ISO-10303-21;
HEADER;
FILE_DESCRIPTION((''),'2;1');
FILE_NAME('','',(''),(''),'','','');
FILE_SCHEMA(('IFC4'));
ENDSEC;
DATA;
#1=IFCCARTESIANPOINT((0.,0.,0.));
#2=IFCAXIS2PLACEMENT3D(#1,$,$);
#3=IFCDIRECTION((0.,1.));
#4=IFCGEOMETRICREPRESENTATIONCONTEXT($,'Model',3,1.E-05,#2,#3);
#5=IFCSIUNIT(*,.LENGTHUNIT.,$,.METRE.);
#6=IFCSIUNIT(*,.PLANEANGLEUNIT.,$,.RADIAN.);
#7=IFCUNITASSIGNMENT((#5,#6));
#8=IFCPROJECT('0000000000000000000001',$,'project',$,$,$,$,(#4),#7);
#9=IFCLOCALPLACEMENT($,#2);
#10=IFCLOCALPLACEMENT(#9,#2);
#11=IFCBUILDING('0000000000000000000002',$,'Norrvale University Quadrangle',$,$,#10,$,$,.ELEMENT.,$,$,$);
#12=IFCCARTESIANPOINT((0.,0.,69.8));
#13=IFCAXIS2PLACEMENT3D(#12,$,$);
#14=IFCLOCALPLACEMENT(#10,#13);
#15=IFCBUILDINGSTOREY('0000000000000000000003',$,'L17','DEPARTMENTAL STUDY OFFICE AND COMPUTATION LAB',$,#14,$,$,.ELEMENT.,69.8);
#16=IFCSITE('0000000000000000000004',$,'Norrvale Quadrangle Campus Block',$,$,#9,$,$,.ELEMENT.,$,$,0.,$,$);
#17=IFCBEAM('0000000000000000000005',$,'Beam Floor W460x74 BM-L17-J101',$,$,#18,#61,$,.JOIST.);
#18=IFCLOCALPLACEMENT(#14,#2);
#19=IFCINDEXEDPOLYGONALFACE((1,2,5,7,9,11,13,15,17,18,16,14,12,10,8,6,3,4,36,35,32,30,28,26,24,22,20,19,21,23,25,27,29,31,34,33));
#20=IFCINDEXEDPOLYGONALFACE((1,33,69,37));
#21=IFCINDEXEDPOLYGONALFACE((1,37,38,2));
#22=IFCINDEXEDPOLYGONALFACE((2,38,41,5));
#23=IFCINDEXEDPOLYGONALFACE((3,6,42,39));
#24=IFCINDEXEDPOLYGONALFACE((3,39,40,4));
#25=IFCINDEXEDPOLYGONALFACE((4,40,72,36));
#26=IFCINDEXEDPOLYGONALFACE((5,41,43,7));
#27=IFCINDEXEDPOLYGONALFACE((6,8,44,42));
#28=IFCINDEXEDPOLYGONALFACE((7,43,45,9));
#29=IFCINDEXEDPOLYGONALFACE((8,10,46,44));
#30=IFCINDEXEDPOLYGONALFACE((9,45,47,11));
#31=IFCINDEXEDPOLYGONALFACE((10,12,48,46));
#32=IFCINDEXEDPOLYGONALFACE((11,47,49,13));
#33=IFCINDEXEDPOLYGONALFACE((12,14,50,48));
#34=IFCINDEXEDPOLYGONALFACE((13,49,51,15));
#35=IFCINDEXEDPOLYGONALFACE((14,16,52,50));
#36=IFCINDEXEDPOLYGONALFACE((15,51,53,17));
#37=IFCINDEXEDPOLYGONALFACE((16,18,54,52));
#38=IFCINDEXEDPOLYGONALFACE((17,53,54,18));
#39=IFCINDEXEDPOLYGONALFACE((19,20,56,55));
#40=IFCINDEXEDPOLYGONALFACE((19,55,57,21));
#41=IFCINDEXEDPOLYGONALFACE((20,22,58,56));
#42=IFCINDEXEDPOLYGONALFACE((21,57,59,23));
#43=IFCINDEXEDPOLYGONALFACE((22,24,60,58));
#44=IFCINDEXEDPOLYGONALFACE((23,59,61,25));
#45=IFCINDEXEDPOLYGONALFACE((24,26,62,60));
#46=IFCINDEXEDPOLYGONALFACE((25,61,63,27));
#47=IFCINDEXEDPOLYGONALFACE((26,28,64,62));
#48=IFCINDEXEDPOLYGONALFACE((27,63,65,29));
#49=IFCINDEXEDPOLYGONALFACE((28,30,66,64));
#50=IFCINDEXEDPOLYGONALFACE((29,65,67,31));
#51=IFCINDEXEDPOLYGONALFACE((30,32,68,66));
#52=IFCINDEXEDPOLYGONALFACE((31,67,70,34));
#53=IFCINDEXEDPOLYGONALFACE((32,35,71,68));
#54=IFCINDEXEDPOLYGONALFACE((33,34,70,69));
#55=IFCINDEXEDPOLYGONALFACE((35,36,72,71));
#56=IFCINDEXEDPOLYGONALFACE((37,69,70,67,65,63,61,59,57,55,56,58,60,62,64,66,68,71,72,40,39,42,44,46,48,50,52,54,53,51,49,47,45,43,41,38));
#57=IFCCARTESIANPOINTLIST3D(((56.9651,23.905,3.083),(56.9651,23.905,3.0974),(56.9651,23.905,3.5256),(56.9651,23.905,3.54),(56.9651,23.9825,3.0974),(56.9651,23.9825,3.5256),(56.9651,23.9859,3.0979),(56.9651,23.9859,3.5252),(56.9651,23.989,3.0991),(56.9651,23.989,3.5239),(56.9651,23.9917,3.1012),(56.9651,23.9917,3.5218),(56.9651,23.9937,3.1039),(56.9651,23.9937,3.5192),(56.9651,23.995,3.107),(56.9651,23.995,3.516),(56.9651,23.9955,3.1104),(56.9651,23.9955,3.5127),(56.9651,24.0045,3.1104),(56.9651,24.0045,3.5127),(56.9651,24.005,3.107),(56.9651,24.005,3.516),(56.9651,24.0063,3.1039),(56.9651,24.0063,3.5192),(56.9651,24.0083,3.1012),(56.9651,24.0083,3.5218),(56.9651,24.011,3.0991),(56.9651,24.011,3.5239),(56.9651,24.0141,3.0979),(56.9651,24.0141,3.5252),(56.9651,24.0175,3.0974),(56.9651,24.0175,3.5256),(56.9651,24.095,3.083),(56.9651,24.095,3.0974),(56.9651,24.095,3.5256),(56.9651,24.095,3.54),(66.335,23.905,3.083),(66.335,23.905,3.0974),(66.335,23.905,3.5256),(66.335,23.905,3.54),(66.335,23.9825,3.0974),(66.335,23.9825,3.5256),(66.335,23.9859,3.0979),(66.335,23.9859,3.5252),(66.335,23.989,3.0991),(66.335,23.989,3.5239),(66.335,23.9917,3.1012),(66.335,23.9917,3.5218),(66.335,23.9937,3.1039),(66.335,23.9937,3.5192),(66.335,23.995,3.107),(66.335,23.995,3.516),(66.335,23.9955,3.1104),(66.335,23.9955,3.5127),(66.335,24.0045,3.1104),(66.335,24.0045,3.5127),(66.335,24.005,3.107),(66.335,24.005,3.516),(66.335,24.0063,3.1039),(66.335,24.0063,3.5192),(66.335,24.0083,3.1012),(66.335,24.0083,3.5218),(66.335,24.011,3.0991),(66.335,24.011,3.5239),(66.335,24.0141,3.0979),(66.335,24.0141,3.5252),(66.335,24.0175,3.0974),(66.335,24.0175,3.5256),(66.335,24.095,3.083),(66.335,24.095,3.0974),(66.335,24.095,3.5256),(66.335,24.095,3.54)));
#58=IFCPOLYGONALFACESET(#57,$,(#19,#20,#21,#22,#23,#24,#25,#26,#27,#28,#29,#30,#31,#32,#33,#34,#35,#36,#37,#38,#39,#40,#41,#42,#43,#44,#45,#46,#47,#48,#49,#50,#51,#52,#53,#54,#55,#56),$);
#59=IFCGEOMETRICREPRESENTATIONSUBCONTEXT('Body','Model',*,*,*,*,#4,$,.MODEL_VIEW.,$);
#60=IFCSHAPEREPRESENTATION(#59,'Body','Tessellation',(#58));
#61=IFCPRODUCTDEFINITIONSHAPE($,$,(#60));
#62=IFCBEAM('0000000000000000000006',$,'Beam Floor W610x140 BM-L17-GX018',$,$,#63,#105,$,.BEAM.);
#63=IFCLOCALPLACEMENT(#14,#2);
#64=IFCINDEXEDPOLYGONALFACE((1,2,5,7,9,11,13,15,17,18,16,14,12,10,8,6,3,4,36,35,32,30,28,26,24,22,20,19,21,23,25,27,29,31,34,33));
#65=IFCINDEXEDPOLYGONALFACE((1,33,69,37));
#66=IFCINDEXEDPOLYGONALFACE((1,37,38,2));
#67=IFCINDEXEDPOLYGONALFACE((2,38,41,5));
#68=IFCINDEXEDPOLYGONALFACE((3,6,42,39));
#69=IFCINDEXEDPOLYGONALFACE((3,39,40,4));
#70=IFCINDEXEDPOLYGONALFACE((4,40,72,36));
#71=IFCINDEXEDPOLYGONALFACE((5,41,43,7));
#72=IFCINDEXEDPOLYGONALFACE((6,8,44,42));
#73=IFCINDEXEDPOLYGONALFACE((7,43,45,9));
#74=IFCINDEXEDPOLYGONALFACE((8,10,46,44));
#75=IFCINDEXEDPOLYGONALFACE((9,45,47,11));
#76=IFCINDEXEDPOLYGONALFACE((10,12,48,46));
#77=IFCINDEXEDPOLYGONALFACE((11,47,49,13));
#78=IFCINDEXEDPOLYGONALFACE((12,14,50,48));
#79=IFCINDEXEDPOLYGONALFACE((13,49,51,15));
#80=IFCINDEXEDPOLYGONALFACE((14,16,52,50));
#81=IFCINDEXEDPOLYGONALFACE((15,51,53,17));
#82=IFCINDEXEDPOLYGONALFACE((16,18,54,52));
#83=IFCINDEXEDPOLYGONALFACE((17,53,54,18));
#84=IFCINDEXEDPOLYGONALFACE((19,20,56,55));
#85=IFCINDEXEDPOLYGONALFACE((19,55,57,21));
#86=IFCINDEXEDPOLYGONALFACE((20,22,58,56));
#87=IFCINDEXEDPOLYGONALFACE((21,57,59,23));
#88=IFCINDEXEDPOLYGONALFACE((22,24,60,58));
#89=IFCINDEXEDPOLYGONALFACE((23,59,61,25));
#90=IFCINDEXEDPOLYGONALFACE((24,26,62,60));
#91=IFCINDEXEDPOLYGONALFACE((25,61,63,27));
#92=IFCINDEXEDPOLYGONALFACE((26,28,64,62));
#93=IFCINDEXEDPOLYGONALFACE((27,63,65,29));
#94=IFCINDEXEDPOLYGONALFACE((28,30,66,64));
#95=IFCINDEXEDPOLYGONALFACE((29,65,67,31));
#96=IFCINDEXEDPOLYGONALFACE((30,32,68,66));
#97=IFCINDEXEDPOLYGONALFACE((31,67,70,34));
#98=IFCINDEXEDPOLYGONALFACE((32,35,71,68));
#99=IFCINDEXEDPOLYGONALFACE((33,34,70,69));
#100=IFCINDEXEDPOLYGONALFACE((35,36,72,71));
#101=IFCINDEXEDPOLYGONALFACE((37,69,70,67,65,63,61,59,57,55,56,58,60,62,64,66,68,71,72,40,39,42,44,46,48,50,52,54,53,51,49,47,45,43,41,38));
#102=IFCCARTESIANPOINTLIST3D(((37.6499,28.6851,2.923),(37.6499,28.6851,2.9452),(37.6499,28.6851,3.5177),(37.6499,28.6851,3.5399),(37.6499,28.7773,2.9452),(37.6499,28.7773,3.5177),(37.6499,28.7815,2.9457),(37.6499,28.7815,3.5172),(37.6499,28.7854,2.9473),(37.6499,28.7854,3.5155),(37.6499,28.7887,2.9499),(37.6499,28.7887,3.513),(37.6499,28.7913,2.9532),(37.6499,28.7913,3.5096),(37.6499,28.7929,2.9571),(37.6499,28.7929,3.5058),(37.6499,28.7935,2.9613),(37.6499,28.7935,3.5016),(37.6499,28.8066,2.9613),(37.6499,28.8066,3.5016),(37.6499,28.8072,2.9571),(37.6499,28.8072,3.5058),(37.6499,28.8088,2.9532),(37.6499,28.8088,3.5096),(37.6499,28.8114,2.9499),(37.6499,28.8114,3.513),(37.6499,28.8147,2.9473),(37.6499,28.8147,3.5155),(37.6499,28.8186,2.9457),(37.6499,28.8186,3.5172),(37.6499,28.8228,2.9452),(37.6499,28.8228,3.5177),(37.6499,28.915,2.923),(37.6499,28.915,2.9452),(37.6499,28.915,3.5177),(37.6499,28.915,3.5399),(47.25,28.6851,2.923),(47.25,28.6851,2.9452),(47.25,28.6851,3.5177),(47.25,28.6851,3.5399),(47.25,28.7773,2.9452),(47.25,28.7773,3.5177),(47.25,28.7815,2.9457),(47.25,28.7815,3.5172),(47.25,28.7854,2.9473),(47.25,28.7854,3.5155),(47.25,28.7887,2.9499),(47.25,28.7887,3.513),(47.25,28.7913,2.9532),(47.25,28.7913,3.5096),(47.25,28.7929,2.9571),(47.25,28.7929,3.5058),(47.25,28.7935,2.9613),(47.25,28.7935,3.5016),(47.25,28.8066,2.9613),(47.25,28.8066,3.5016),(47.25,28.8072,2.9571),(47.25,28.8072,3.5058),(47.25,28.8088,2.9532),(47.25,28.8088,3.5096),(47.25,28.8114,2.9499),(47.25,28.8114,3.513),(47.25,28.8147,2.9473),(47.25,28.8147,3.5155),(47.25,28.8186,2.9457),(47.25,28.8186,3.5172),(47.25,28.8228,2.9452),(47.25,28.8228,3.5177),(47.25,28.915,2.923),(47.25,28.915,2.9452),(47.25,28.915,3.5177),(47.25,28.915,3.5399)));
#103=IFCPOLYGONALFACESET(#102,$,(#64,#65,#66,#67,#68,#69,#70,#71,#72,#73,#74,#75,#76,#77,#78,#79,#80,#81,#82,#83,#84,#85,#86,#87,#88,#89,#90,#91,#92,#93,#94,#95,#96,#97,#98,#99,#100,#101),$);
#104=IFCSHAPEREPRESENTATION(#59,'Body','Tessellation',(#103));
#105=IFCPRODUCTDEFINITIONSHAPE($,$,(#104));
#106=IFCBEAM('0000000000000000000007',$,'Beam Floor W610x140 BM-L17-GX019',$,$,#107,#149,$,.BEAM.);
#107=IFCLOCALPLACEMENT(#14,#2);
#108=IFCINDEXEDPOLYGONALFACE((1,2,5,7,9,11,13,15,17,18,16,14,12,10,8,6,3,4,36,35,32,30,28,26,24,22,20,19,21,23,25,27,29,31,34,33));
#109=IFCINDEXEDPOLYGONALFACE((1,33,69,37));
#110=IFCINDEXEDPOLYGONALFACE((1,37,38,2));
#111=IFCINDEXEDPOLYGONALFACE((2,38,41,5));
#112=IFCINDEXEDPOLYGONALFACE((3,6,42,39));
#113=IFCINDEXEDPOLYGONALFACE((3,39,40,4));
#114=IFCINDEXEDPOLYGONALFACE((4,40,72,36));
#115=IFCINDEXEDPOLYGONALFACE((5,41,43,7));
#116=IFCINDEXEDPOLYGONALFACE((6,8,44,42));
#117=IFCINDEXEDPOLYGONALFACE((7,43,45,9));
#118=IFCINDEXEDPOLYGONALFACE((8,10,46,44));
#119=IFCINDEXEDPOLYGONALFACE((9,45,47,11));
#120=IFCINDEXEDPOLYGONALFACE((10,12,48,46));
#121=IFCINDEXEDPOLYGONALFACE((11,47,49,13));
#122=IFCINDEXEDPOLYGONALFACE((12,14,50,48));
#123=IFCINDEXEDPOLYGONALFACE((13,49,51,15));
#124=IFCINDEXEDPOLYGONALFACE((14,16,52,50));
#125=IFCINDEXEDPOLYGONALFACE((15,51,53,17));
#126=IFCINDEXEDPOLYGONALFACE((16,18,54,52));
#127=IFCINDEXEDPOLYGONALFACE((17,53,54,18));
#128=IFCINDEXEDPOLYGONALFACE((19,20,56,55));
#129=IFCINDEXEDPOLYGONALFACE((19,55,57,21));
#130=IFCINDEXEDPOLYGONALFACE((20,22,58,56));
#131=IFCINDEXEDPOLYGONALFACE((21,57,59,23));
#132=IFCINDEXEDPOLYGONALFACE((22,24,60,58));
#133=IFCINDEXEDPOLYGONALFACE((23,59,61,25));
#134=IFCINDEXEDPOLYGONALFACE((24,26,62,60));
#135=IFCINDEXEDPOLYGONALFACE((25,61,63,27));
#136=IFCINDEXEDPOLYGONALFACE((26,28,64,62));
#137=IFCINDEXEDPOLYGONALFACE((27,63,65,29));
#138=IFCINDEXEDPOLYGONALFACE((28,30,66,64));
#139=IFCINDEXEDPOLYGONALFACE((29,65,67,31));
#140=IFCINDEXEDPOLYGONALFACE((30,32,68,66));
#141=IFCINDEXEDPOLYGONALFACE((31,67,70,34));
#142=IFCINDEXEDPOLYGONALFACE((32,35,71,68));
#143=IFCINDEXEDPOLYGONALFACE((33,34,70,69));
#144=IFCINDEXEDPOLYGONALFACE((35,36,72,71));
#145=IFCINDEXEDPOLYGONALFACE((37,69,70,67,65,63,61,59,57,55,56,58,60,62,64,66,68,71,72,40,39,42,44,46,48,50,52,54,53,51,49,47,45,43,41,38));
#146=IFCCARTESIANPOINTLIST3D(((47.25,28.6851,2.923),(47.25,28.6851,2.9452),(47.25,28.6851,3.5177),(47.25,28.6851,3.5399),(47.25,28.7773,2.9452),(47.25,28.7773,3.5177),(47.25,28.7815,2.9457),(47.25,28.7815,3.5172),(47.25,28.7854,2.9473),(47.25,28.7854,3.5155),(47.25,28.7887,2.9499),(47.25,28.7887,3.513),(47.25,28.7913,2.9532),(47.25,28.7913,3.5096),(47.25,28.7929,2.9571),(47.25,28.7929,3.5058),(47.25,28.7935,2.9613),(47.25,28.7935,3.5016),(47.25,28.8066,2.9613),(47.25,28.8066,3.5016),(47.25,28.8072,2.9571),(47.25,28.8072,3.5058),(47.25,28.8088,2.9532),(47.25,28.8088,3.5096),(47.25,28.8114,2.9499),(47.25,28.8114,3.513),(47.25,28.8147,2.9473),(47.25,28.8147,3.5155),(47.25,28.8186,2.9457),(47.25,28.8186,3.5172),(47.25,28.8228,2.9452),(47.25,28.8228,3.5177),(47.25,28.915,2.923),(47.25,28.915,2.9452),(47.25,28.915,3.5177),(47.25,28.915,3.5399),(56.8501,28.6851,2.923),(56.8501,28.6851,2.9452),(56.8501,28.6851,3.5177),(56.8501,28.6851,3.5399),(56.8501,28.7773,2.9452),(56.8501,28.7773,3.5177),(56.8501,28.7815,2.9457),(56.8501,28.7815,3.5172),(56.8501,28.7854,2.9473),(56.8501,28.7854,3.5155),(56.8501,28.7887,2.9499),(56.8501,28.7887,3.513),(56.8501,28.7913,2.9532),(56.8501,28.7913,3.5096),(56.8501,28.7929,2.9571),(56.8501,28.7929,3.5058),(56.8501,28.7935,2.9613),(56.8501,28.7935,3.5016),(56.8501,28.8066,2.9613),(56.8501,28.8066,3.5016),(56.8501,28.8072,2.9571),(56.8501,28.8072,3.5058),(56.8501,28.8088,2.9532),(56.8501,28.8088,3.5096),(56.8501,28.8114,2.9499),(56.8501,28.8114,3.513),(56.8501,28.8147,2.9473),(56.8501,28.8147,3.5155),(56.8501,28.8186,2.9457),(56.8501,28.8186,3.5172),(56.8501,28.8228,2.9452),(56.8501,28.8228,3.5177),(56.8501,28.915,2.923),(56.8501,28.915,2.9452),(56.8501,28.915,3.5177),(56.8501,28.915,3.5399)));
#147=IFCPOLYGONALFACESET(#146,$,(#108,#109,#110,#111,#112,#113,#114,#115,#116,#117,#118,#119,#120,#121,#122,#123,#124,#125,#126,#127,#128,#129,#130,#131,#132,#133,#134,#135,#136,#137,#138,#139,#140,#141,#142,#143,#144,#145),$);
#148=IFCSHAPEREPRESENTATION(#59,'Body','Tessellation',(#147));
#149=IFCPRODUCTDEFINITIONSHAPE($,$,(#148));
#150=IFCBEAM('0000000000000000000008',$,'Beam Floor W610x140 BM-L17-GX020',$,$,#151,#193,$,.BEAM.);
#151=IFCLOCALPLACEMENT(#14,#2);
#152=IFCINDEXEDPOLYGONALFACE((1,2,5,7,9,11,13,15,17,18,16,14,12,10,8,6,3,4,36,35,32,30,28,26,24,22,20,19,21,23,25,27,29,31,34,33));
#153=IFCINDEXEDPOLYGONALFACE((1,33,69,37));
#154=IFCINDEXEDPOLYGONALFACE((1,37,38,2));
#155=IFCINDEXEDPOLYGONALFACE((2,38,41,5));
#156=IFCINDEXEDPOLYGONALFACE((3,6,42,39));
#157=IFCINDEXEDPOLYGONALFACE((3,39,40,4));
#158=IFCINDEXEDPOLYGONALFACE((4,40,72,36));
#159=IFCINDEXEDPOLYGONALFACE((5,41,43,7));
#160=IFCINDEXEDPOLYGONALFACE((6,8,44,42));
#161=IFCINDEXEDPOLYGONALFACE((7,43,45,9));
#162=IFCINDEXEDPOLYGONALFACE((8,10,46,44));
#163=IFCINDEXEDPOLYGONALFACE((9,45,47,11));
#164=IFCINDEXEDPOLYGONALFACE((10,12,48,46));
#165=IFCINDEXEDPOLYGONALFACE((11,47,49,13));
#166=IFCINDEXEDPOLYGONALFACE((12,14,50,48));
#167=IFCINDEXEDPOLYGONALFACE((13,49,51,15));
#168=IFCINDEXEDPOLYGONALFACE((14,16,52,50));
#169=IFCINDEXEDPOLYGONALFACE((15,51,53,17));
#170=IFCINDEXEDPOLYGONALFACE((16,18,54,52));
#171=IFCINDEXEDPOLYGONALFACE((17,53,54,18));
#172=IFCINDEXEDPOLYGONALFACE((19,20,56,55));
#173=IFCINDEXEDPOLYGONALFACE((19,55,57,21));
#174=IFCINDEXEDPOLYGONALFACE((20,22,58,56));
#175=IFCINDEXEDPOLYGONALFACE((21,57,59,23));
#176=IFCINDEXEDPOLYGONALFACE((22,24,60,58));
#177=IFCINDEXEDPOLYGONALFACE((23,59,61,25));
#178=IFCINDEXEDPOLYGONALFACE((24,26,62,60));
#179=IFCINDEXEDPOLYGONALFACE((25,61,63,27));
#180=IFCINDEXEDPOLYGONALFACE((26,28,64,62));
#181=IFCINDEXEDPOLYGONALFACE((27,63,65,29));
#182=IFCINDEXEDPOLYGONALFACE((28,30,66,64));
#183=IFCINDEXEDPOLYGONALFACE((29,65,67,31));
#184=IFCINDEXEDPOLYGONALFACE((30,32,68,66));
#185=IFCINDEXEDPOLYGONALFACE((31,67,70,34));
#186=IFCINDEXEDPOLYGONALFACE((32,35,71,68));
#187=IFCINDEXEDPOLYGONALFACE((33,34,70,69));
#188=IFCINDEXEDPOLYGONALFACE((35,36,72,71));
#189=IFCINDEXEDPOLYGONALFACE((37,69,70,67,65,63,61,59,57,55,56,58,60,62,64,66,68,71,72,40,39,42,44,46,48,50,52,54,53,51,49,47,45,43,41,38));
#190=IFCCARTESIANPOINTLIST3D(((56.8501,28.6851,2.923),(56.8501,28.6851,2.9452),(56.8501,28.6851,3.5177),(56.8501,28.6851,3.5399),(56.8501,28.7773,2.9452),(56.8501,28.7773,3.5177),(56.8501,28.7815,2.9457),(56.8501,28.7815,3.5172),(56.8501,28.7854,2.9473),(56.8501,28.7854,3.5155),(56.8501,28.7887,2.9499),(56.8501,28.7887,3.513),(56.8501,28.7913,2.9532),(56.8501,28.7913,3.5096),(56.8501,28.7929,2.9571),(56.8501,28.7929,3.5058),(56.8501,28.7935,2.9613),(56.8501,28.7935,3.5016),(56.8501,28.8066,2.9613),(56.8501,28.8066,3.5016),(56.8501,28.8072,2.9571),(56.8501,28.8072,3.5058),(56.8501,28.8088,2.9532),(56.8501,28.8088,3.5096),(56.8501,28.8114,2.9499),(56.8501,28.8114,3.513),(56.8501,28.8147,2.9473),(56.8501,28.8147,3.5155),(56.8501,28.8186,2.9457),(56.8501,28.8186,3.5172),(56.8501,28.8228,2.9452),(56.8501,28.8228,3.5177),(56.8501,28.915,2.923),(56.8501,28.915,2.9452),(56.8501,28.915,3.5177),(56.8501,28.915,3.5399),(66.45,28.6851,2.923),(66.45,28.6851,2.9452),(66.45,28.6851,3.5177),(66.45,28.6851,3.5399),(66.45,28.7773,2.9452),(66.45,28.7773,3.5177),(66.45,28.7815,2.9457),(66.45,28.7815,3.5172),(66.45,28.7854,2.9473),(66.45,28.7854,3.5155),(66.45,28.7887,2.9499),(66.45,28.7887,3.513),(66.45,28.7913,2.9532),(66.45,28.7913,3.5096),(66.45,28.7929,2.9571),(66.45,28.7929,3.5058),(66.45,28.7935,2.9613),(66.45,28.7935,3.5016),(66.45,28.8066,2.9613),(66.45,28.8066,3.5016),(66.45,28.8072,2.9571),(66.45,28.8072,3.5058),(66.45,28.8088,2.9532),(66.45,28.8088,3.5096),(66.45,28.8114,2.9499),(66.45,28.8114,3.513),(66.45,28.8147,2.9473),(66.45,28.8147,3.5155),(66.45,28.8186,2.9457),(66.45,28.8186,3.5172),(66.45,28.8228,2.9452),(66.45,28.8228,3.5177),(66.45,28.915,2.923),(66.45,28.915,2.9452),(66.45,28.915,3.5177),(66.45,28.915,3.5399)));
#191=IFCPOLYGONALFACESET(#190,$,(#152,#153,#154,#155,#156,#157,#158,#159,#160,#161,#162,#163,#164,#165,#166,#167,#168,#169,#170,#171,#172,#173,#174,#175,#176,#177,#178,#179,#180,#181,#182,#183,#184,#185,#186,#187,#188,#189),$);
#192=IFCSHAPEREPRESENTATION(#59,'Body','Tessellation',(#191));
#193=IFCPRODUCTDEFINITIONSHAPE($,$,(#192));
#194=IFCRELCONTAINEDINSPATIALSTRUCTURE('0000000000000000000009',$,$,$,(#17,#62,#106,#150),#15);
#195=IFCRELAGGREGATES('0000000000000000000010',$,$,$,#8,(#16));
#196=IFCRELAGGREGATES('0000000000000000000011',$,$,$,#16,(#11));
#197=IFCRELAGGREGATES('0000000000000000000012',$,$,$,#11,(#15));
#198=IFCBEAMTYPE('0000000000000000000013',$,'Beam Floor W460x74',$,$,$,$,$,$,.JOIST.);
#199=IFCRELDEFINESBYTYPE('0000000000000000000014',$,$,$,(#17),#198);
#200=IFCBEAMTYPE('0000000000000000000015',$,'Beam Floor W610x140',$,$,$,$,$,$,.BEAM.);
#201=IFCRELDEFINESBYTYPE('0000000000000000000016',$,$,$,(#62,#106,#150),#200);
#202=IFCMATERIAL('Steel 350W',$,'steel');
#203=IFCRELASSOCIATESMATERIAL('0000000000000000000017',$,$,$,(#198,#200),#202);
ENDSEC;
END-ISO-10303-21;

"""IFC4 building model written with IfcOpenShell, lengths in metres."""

from ifc_helpers import new_model, si_unit, direction, frame, origin, origin_2d, place, context, subcontext, project, spatial, i_section, extrude, material, material_profile, profile_set, type_object, element, save


model = new_model("IFC4")

# Units and contexts
model_context = context("Model", 3, precision=1e-05, world=origin(), true_north=direction((0.0, 1.0)))
body_context = subcontext(model_context, "Body", "Model", "MODEL_VIEW")
ifc_project = project(units=[si_unit("LENGTHUNIT", "METRE"), si_unit("PLANEANGLEUNIT", "RADIAN")], contexts=[model_context])

# Site, building, storey
site_placement = place(None, origin())
site = spatial("IfcSite", under=ifc_project, at=site_placement, Name="Norrvale Quadrangle Campus Block", CompositionType="ELEMENT", RefElevation=0.0)
building_placement = place(site_placement, origin())
building = spatial("IfcBuilding", under=site, at=building_placement, Name="Norrvale University Quadrangle", CompositionType="ELEMENT")
storey_placement = place(building_placement, frame((0.0, 0.0, 69.8)))
storey = spatial("IfcBuildingStorey", under=building, at=storey_placement, Name="L17", Description="DEPARTMENTAL STUDY OFFICE AND COMPUTATION LAB", CompositionType="ELEMENT", Elevation=69.8)

# Beams
ifc_material_1 = material(Name="Steel 350W", Category="steel")
ifc_material_profile_1 = material_profile(ifc_material_1, i_section(OverallWidth=0.1899, OverallDepth=0.457, WebThickness=0.009, FlangeThickness=0.0144, FilletRadius=0.0129, at=origin_2d()), Name="Steel 350W")
ifc_profile_set_1 = profile_set([ifc_material_profile_1], Name="Steel 350W")
beam_type_1 = type_object("IfcBeamType", Name="Beam Floor W460x74", PredefinedType="JOIST", material=ifc_profile_set_1)
beam_1_placement = place(storey_placement, frame((56.9651, 24.0, 3.3115), z_axis=(1.0, 0.0, 0.0), x_axis=(0.0, 1.0, 0.0)))
element("IfcBeam", 1, at=beam_1_placement, inside=storey, type_object=beam_type_1, Name="Beam Floor W460x74 BM-L17-J101", PredefinedType="JOIST", context=body_context, shape_type="SweptSolid", body=[
    extrude(i_section(OverallWidth=0.1899, OverallDepth=0.457, WebThickness=0.009, FlangeThickness=0.0144, FilletRadius=0.0129, at=origin_2d()), origin(), (0.0, 0.0, 1.0), 9.3699),
])
ifc_material_profile_2 = material_profile(ifc_material_1, i_section(OverallWidth=0.23, OverallDepth=0.6169, WebThickness=0.0132, FlangeThickness=0.0222, FilletRadius=0.0161, at=origin_2d()), Name="Steel 350W")
ifc_profile_set_2 = profile_set([ifc_material_profile_2], Name="Steel 350W")
beam_type_2 = type_object("IfcBeamType", Name="Beam Floor W610x140", PredefinedType="BEAM", material=ifc_profile_set_2)
for number, where, z_axis, x_axis, name in (
    (2, (37.6499, 28.8, 3.2314), (1.0, 0.0, 0.0), (0.0, 1.0, 0.0), "Beam Floor W610x140 BM-L17-GX018"),
    (3, (47.25, 28.8, 3.2314), (1.0, 0.0, 0.0), (0.0, 1.0, 0.0), "Beam Floor W610x140 BM-L17-GX019"),
):
    element("IfcBeam", number, at=place(storey_placement, frame(where, z_axis=z_axis, x_axis=x_axis)), inside=storey, type_object=beam_type_2, Name=name, PredefinedType="BEAM", context=body_context, shape_type="SweptSolid", body=[
        extrude(i_section(OverallWidth=0.23, OverallDepth=0.6169, WebThickness=0.0132, FlangeThickness=0.0222, FilletRadius=0.0161, at=origin_2d()), origin(), (0.0, 0.0, 1.0), 9.6001),
    ])
beam_2_placement = place(storey_placement, frame((56.8501, 28.8, 3.2314), z_axis=(1.0, 0.0, 0.0), x_axis=(0.0, 1.0, 0.0)))
element("IfcBeam", 4, at=beam_2_placement, inside=storey, type_object=beam_type_2, Name="Beam Floor W610x140 BM-L17-GX020", PredefinedType="BEAM", context=body_context, shape_type="SweptSolid", body=[
    extrude(i_section(OverallWidth=0.23, OverallDepth=0.6169, WebThickness=0.0132, FlangeThickness=0.0222, FilletRadius=0.0161, at=origin_2d()), origin(), (0.0, 0.0, 1.0), 9.5999),
])

save(model, "model.ifc")
